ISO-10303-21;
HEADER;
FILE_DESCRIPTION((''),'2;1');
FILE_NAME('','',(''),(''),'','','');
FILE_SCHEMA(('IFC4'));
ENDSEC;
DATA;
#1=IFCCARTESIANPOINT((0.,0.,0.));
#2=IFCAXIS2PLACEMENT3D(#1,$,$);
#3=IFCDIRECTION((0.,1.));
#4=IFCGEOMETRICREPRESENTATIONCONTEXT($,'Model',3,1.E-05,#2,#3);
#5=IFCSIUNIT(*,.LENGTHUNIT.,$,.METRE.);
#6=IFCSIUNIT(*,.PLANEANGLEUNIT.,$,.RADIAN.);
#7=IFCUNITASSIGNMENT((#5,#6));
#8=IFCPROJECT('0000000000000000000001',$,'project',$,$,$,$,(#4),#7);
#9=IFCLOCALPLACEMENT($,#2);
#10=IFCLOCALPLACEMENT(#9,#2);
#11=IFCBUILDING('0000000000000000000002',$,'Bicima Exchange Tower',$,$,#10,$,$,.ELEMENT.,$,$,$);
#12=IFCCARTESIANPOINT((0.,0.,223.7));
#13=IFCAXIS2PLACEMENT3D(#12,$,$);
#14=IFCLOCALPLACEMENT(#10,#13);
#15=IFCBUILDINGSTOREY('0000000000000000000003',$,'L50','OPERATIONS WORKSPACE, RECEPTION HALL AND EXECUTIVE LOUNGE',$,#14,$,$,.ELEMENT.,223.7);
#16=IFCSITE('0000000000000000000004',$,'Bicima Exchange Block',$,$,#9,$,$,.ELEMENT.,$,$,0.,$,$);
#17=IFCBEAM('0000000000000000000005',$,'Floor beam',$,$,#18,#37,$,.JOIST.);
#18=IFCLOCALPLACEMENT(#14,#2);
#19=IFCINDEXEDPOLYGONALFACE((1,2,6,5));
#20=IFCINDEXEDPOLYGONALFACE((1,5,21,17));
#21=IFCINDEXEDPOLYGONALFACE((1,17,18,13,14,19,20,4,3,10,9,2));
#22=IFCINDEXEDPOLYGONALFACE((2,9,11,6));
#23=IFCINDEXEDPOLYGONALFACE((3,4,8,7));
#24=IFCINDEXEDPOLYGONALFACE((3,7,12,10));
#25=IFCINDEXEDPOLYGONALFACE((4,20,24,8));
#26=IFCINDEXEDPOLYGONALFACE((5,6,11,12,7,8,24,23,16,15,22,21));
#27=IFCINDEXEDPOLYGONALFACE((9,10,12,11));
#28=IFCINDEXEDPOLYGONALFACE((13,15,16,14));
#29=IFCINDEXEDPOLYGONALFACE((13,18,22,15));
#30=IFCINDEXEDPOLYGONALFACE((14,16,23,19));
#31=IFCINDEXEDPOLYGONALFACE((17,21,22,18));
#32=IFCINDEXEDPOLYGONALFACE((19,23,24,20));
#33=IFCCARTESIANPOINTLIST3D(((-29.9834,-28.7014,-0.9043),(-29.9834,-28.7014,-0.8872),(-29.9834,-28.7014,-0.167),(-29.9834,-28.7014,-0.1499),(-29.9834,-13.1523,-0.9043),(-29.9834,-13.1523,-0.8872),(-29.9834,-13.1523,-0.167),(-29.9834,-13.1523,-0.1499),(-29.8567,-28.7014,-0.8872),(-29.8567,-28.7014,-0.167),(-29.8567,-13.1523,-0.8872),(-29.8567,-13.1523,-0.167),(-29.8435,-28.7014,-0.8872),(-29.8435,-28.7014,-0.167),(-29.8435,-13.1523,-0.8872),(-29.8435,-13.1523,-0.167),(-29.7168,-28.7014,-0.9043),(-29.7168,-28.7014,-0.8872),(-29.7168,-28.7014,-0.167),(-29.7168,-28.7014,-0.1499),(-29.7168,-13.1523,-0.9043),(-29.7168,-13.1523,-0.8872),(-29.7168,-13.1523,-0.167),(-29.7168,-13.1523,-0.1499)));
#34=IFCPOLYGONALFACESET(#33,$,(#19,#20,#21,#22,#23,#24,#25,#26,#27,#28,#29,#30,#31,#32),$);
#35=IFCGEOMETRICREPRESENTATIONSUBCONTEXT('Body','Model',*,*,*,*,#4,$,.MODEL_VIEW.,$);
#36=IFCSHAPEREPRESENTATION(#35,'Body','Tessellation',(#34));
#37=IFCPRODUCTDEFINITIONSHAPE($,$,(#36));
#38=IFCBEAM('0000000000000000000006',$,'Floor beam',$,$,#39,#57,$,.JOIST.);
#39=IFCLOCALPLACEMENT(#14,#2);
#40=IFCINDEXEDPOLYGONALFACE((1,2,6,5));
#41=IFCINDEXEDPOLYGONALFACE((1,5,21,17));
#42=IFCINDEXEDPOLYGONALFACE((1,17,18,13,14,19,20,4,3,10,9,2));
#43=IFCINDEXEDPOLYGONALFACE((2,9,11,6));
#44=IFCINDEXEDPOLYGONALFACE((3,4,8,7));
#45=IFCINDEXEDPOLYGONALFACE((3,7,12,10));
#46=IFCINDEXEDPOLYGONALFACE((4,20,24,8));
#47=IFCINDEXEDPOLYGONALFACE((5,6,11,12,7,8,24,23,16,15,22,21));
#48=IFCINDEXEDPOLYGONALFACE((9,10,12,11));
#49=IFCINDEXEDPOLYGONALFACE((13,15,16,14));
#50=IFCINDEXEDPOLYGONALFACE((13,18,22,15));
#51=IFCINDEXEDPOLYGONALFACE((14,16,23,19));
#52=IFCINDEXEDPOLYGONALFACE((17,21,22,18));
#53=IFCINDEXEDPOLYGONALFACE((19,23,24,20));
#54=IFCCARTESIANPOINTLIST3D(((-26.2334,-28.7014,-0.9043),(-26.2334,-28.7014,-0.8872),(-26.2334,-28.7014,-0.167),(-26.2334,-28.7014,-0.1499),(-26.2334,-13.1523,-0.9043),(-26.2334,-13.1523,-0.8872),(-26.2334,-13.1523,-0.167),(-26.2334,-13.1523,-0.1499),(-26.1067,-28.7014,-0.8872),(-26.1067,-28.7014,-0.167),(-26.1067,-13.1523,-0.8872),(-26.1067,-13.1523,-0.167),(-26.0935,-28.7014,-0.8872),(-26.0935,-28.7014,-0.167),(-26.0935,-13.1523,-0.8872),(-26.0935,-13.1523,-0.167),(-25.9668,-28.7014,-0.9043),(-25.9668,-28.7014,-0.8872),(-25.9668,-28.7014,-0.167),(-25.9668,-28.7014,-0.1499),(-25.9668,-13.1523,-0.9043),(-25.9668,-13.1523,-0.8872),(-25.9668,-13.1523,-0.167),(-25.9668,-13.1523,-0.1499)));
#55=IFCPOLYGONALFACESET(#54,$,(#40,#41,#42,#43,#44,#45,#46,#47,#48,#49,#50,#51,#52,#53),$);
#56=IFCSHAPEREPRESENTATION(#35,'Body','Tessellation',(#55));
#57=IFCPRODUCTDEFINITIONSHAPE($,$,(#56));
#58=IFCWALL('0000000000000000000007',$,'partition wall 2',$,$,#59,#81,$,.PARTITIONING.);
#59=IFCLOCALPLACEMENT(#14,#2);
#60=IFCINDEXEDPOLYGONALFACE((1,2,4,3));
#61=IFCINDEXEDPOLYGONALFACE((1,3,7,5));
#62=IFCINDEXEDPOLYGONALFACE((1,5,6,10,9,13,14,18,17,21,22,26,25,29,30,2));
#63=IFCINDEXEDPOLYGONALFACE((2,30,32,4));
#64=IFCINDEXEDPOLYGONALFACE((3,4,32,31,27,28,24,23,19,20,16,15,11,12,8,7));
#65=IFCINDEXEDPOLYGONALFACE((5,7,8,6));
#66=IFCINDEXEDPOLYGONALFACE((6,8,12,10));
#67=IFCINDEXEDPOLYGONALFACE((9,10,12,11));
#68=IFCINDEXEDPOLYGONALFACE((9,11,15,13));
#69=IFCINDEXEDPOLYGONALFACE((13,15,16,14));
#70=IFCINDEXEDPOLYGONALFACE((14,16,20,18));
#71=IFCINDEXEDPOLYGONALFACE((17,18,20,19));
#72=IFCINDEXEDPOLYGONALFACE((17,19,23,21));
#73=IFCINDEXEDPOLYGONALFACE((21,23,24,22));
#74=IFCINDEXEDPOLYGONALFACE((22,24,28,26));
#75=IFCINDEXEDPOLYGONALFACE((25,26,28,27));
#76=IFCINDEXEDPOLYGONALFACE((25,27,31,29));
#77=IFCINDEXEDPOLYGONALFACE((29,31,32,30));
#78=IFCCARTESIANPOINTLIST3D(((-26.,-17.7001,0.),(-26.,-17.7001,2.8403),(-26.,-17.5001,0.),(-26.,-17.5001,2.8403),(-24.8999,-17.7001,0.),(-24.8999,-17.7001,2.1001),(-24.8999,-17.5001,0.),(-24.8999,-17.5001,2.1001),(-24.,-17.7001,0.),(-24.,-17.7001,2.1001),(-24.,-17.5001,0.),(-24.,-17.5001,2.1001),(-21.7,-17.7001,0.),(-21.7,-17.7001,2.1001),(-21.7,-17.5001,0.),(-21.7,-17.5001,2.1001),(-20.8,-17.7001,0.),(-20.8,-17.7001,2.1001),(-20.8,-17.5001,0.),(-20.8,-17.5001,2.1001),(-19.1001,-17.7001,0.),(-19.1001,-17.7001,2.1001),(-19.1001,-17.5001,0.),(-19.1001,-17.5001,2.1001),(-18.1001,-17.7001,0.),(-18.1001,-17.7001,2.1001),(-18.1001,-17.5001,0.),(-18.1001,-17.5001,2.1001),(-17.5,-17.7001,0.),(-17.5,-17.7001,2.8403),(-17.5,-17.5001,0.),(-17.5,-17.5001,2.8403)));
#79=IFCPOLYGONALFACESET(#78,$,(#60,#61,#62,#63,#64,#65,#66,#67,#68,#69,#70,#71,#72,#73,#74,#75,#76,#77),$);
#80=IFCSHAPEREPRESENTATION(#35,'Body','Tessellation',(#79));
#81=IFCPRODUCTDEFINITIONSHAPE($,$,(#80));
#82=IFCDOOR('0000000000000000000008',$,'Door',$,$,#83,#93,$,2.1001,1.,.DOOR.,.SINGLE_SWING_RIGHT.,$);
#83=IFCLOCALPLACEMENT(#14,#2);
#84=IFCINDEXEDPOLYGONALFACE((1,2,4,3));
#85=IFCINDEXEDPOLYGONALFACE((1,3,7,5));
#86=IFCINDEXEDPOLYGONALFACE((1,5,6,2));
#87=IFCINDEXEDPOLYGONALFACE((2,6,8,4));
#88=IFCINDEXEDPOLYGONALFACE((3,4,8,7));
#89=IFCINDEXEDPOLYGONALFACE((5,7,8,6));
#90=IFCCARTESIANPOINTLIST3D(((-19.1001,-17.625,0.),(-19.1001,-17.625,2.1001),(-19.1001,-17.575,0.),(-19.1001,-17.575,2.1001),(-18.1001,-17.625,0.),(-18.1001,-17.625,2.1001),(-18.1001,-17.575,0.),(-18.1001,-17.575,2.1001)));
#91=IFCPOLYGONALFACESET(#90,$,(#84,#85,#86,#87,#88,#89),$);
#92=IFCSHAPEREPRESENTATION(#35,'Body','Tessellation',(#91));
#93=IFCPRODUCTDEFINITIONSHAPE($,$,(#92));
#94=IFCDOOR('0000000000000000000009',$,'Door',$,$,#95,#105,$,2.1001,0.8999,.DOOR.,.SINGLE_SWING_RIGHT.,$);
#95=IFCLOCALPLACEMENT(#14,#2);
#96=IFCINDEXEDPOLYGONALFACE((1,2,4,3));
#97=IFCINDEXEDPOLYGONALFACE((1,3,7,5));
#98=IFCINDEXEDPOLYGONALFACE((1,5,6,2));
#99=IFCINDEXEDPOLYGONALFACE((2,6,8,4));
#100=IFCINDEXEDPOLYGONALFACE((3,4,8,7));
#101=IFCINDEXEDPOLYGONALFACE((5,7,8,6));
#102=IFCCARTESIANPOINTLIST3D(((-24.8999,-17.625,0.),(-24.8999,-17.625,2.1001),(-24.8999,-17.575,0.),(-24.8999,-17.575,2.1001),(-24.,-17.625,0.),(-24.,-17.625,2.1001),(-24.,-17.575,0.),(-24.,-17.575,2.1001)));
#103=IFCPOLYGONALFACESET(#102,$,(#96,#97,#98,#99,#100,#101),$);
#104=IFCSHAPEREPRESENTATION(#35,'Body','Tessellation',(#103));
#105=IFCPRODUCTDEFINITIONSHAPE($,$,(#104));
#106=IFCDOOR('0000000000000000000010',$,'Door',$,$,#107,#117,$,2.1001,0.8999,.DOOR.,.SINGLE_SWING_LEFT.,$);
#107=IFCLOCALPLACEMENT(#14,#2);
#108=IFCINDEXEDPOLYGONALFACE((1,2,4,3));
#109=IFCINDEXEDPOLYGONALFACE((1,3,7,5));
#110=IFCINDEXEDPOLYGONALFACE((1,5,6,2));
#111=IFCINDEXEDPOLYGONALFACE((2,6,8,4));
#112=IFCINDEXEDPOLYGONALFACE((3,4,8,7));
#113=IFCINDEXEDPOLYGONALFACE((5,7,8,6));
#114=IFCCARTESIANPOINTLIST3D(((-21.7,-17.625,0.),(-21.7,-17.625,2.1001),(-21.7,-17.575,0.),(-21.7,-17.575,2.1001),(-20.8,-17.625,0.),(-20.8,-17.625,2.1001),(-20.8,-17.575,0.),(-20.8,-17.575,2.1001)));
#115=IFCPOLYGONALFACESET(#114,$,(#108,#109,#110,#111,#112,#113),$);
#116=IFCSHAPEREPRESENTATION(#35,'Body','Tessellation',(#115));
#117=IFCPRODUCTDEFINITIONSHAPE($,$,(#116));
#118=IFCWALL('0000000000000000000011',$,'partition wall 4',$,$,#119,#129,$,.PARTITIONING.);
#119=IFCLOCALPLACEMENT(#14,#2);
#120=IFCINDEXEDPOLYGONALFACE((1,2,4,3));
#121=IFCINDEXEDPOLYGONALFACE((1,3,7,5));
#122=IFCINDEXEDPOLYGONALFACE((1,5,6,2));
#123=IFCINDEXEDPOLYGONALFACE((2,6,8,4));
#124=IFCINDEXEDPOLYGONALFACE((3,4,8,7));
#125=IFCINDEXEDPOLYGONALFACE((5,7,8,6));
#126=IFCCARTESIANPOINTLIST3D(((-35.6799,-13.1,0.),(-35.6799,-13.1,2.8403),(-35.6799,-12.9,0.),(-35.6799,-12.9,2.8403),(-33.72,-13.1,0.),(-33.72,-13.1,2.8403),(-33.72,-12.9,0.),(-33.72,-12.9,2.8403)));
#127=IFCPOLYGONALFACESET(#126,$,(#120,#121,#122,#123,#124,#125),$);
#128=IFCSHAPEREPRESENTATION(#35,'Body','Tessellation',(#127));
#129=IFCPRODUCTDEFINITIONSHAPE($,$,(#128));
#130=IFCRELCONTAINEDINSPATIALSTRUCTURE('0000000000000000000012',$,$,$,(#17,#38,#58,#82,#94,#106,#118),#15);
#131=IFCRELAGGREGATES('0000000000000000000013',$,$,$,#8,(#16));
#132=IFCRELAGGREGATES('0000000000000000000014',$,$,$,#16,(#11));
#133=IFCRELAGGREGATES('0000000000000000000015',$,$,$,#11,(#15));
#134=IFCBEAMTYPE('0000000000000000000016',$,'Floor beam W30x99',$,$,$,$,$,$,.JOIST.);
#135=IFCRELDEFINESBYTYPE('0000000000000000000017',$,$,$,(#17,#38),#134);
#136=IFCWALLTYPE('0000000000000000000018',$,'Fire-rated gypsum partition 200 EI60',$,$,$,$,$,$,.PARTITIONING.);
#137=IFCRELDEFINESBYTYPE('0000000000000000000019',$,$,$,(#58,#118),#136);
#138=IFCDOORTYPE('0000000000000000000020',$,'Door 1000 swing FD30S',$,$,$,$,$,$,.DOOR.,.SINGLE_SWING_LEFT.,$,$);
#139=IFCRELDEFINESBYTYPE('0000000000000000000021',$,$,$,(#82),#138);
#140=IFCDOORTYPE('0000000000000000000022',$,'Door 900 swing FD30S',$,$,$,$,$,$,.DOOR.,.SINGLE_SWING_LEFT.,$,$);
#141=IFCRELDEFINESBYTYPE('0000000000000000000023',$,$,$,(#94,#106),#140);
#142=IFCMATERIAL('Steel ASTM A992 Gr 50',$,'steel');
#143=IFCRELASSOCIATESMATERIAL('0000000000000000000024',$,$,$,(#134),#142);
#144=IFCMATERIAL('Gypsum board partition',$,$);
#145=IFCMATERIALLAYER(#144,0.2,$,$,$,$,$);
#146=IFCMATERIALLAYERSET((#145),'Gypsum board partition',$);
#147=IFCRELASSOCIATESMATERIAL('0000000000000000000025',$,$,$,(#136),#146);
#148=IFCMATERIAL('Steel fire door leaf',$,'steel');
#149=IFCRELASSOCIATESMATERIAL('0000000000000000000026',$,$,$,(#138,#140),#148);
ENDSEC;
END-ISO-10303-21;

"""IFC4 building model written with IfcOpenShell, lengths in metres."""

from ifc_helpers import new_model, si_unit, direction, frame, frame_2d, origin, origin_2d, place, context, subcontext, project, spatial, rectangle, i_section, extrude, material, layer, layer_set, material_profile, profile_set, type_object, element, fill, save


model = new_model("IFC4")

# Units and contexts
model_context = context("Model", 3, precision=1e-05, world=origin(), true_north=direction((0.0, 1.0)))
body_context = subcontext(model_context, "Body", "Model", "MODEL_VIEW")
ifc_project = project(units=[si_unit("LENGTHUNIT", "METRE"), si_unit("PLANEANGLEUNIT", "RADIAN")], contexts=[model_context])

# Site, building, storey
site_placement = place(None, origin())
site = spatial("IfcSite", under=ifc_project, at=site_placement, Name="Bicima Exchange Block", CompositionType="ELEMENT", RefElevation=0.0)
building_placement = place(site_placement, origin())
building = spatial("IfcBuilding", under=site, at=building_placement, Name="Bicima Exchange Tower", CompositionType="ELEMENT")
storey_placement = place(building_placement, frame((0.0, 0.0, 223.7)))
storey = spatial("IfcBuildingStorey", under=building, at=storey_placement, Name="L50", Description="OPERATIONS WORKSPACE, RECEPTION HALL AND EXECUTIVE LOUNGE", CompositionType="ELEMENT", Elevation=223.7)

# Beams
ifc_material_1 = material(Name="Steel ASTM A992 Gr 50", Category="steel")
ifc_material_profile = material_profile(ifc_material_1, i_section(OverallWidth=0.2666, OverallDepth=0.7544, WebThickness=0.0132, FlangeThickness=0.0171, at=origin_2d()))
ifc_profile_set = profile_set([ifc_material_profile], Name="Steel ASTM A992 Gr 50")
beam_type = type_object("IfcBeamType", Name="Floor beam W30x99", PredefinedType="JOIST", material=ifc_profile_set)
for number, where, z_axis, x_axis, name in (
    (1, (-29.8501, -13.1523, -0.5271), (0.0, -1.0, 0.0), (1.0, 0.0, 0.0), "Floor beam"),
    (2, (-26.1001, -13.1523, -0.5271), (0.0, -1.0, 0.0), (1.0, 0.0, 0.0), "Floor beam"),
):
    element("IfcBeam", number, at=place(storey_placement, frame(where, z_axis=z_axis, x_axis=x_axis)), inside=storey, type_object=beam_type, Name=name, PredefinedType="JOIST", context=body_context, shape_type="SweptSolid", body=[
        extrude(i_section(OverallWidth=0.2666, OverallDepth=0.7544, WebThickness=0.0132, FlangeThickness=0.0171, at=origin_2d()), origin(), (0.0, 0.0, 1.0), 15.5491),
    ])

# Wall, openings, doors
ifc_material_2 = material(Name="Gypsum board partition")
ifc_layer = layer(ifc_material_2, 0.2)
ifc_layer_set = layer_set([ifc_layer], Name="Gypsum board partition")
wall_type = type_object("IfcWallType", Name="Fire-rated gypsum partition 200 EI60", PredefinedType="PARTITIONING", material=ifc_layer_set)
wall_1_placement = place(storey_placement, frame((-26.0, -17.6001, 0.0), z_axis=(0.0, 0.0, 1.0), x_axis=(1.0, 0.0, 0.0)))
wall_1 = element("IfcWall", 3, at=wall_1_placement, inside=storey, type_object=wall_type, Name="partition wall 2", PredefinedType="PARTITIONING", context=body_context, shape_type="SweptSolid", body=[
    extrude(rectangle(XDim=8.5, YDim=0.2, at=frame_2d((4.25, 0.0))), origin(), (0.0, 0.0, 1.0), 2.8403),
])
opening_1_placement = place(wall_1_placement, frame((1.1001, 0.0, 0.0)))
opening_1 = element("IfcOpeningElement", 4, at=opening_1_placement, cuts=wall_1, PredefinedType="OPENING", context=body_context, shape_type="SweptSolid", body=[
    extrude(rectangle(XDim=0.8999, YDim=2.1001, at=frame_2d((0.45, 1.05))), frame((0.0, 0.1118, 0.0), z_axis=(0.0, -1.0, 0.0), x_axis=(1.0, 0.0, 0.0)), (0.0, 0.0, 1.0), 0.2239),
])
opening_2_placement = place(wall_1_placement, frame((4.3, 0.0, 0.0)))
opening_2 = element("IfcOpeningElement", 5, at=opening_2_placement, cuts=wall_1, PredefinedType="OPENING", context=body_context, shape_type="SweptSolid", body=[
    extrude(rectangle(XDim=0.8999, YDim=2.1001, at=frame_2d((0.45, 1.05))), frame((0.0, 0.1118, 0.0), z_axis=(0.0, -1.0, 0.0), x_axis=(1.0, 0.0, 0.0)), (0.0, 0.0, 1.0), 0.2239),
])
opening_3_placement = place(wall_1_placement, frame((6.8999, 0.0, 0.0)))
opening_3 = element("IfcOpeningElement", 6, at=opening_3_placement, cuts=wall_1, PredefinedType="OPENING", context=body_context, shape_type="SweptSolid", body=[
    extrude(rectangle(XDim=1.0, YDim=2.1001, at=frame_2d((0.5, 1.05))), frame((0.0, 0.1118, 0.0), z_axis=(0.0, -1.0, 0.0), x_axis=(1.0, 0.0, 0.0)), (0.0, 0.0, 1.0), 0.2239),
])
ifc_material_3 = material(Name="Steel fire door leaf", Category="steel")
door_type_1 = type_object("IfcDoorType", Name="Door 1000 swing FD30S", OperationType="SINGLE_SWING_LEFT", PredefinedType="DOOR", material=ifc_material_3)
door_1_placement = place(opening_3_placement, frame((1.0, 0.0, 0.0), z_axis=(0.0, 0.0, 1.0), x_axis=(-1.0, 0.0, 0.0)))
door_1 = element("IfcDoor", 7, at=door_1_placement, inside=storey, type_object=door_type_1, Name="Door", OperationType="SINGLE_SWING_RIGHT", OverallHeight=2.1001, OverallWidth=1.0, PredefinedType="DOOR", context=body_context, shape_type="SweptSolid", body=[
    extrude(rectangle(XDim=1.0, YDim=2.1001, at=frame_2d((0.5, 1.05))), frame((0.0, 0.0249, 0.0), z_axis=(0.0, -1.0, 0.0), x_axis=(1.0, 0.0, 0.0)), (0.0, 0.0, 1.0), 0.05),
])
fill(opening_3, door_1)
door_type_2 = type_object("IfcDoorType", Name="Door 900 swing FD30S", OperationType="SINGLE_SWING_LEFT", PredefinedType="DOOR", material=ifc_material_3)
door_2_placement = place(opening_1_placement, frame((0.8999, 0.0, 0.0), z_axis=(0.0, 0.0, 1.0), x_axis=(-1.0, 0.0, 0.0)))
door_2 = element("IfcDoor", 8, at=door_2_placement, inside=storey, type_object=door_type_2, Name="Door", OperationType="SINGLE_SWING_RIGHT", OverallHeight=2.1001, OverallWidth=0.8999, PredefinedType="DOOR", context=body_context, shape_type="SweptSolid", body=[
    extrude(rectangle(XDim=0.8999, YDim=2.1001, at=frame_2d((0.45, 1.05))), frame((0.0, 0.0249, 0.0), z_axis=(0.0, -1.0, 0.0), x_axis=(1.0, 0.0, 0.0)), (0.0, 0.0, 1.0), 0.05),
])
fill(opening_1, door_2)
door_3_placement = place(opening_2_placement, frame((0.8999, 0.0, 0.0), z_axis=(0.0, 0.0, 1.0), x_axis=(-1.0, 0.0, 0.0)))
door_3 = element("IfcDoor", 9, at=door_3_placement, inside=storey, type_object=door_type_2, Name="Door", OperationType="SINGLE_SWING_LEFT", OverallHeight=2.1001, OverallWidth=0.8999, PredefinedType="DOOR", context=body_context, shape_type="SweptSolid", body=[
    extrude(rectangle(XDim=0.8999, YDim=2.1001, at=frame_2d((0.45, 1.05))), frame((0.0, 0.0249, 0.0), z_axis=(0.0, -1.0, 0.0), x_axis=(1.0, 0.0, 0.0)), (0.0, 0.0, 1.0), 0.05),
])
fill(opening_2, door_3)

# Wall
wall_2_placement = place(storey_placement, frame((-35.6799, -13.0, 0.0), z_axis=(0.0, 0.0, 1.0), x_axis=(1.0, 0.0, 0.0)))
element("IfcWall", 10, at=wall_2_placement, inside=storey, type_object=wall_type, Name="partition wall 4", PredefinedType="PARTITIONING", context=body_context, shape_type="SweptSolid", body=[
    extrude(rectangle(XDim=1.96, YDim=0.2, at=frame_2d((0.98, 0.0))), origin(), (0.0, 0.0, 1.0), 2.8403),
])

save(model, "model.ifc")
